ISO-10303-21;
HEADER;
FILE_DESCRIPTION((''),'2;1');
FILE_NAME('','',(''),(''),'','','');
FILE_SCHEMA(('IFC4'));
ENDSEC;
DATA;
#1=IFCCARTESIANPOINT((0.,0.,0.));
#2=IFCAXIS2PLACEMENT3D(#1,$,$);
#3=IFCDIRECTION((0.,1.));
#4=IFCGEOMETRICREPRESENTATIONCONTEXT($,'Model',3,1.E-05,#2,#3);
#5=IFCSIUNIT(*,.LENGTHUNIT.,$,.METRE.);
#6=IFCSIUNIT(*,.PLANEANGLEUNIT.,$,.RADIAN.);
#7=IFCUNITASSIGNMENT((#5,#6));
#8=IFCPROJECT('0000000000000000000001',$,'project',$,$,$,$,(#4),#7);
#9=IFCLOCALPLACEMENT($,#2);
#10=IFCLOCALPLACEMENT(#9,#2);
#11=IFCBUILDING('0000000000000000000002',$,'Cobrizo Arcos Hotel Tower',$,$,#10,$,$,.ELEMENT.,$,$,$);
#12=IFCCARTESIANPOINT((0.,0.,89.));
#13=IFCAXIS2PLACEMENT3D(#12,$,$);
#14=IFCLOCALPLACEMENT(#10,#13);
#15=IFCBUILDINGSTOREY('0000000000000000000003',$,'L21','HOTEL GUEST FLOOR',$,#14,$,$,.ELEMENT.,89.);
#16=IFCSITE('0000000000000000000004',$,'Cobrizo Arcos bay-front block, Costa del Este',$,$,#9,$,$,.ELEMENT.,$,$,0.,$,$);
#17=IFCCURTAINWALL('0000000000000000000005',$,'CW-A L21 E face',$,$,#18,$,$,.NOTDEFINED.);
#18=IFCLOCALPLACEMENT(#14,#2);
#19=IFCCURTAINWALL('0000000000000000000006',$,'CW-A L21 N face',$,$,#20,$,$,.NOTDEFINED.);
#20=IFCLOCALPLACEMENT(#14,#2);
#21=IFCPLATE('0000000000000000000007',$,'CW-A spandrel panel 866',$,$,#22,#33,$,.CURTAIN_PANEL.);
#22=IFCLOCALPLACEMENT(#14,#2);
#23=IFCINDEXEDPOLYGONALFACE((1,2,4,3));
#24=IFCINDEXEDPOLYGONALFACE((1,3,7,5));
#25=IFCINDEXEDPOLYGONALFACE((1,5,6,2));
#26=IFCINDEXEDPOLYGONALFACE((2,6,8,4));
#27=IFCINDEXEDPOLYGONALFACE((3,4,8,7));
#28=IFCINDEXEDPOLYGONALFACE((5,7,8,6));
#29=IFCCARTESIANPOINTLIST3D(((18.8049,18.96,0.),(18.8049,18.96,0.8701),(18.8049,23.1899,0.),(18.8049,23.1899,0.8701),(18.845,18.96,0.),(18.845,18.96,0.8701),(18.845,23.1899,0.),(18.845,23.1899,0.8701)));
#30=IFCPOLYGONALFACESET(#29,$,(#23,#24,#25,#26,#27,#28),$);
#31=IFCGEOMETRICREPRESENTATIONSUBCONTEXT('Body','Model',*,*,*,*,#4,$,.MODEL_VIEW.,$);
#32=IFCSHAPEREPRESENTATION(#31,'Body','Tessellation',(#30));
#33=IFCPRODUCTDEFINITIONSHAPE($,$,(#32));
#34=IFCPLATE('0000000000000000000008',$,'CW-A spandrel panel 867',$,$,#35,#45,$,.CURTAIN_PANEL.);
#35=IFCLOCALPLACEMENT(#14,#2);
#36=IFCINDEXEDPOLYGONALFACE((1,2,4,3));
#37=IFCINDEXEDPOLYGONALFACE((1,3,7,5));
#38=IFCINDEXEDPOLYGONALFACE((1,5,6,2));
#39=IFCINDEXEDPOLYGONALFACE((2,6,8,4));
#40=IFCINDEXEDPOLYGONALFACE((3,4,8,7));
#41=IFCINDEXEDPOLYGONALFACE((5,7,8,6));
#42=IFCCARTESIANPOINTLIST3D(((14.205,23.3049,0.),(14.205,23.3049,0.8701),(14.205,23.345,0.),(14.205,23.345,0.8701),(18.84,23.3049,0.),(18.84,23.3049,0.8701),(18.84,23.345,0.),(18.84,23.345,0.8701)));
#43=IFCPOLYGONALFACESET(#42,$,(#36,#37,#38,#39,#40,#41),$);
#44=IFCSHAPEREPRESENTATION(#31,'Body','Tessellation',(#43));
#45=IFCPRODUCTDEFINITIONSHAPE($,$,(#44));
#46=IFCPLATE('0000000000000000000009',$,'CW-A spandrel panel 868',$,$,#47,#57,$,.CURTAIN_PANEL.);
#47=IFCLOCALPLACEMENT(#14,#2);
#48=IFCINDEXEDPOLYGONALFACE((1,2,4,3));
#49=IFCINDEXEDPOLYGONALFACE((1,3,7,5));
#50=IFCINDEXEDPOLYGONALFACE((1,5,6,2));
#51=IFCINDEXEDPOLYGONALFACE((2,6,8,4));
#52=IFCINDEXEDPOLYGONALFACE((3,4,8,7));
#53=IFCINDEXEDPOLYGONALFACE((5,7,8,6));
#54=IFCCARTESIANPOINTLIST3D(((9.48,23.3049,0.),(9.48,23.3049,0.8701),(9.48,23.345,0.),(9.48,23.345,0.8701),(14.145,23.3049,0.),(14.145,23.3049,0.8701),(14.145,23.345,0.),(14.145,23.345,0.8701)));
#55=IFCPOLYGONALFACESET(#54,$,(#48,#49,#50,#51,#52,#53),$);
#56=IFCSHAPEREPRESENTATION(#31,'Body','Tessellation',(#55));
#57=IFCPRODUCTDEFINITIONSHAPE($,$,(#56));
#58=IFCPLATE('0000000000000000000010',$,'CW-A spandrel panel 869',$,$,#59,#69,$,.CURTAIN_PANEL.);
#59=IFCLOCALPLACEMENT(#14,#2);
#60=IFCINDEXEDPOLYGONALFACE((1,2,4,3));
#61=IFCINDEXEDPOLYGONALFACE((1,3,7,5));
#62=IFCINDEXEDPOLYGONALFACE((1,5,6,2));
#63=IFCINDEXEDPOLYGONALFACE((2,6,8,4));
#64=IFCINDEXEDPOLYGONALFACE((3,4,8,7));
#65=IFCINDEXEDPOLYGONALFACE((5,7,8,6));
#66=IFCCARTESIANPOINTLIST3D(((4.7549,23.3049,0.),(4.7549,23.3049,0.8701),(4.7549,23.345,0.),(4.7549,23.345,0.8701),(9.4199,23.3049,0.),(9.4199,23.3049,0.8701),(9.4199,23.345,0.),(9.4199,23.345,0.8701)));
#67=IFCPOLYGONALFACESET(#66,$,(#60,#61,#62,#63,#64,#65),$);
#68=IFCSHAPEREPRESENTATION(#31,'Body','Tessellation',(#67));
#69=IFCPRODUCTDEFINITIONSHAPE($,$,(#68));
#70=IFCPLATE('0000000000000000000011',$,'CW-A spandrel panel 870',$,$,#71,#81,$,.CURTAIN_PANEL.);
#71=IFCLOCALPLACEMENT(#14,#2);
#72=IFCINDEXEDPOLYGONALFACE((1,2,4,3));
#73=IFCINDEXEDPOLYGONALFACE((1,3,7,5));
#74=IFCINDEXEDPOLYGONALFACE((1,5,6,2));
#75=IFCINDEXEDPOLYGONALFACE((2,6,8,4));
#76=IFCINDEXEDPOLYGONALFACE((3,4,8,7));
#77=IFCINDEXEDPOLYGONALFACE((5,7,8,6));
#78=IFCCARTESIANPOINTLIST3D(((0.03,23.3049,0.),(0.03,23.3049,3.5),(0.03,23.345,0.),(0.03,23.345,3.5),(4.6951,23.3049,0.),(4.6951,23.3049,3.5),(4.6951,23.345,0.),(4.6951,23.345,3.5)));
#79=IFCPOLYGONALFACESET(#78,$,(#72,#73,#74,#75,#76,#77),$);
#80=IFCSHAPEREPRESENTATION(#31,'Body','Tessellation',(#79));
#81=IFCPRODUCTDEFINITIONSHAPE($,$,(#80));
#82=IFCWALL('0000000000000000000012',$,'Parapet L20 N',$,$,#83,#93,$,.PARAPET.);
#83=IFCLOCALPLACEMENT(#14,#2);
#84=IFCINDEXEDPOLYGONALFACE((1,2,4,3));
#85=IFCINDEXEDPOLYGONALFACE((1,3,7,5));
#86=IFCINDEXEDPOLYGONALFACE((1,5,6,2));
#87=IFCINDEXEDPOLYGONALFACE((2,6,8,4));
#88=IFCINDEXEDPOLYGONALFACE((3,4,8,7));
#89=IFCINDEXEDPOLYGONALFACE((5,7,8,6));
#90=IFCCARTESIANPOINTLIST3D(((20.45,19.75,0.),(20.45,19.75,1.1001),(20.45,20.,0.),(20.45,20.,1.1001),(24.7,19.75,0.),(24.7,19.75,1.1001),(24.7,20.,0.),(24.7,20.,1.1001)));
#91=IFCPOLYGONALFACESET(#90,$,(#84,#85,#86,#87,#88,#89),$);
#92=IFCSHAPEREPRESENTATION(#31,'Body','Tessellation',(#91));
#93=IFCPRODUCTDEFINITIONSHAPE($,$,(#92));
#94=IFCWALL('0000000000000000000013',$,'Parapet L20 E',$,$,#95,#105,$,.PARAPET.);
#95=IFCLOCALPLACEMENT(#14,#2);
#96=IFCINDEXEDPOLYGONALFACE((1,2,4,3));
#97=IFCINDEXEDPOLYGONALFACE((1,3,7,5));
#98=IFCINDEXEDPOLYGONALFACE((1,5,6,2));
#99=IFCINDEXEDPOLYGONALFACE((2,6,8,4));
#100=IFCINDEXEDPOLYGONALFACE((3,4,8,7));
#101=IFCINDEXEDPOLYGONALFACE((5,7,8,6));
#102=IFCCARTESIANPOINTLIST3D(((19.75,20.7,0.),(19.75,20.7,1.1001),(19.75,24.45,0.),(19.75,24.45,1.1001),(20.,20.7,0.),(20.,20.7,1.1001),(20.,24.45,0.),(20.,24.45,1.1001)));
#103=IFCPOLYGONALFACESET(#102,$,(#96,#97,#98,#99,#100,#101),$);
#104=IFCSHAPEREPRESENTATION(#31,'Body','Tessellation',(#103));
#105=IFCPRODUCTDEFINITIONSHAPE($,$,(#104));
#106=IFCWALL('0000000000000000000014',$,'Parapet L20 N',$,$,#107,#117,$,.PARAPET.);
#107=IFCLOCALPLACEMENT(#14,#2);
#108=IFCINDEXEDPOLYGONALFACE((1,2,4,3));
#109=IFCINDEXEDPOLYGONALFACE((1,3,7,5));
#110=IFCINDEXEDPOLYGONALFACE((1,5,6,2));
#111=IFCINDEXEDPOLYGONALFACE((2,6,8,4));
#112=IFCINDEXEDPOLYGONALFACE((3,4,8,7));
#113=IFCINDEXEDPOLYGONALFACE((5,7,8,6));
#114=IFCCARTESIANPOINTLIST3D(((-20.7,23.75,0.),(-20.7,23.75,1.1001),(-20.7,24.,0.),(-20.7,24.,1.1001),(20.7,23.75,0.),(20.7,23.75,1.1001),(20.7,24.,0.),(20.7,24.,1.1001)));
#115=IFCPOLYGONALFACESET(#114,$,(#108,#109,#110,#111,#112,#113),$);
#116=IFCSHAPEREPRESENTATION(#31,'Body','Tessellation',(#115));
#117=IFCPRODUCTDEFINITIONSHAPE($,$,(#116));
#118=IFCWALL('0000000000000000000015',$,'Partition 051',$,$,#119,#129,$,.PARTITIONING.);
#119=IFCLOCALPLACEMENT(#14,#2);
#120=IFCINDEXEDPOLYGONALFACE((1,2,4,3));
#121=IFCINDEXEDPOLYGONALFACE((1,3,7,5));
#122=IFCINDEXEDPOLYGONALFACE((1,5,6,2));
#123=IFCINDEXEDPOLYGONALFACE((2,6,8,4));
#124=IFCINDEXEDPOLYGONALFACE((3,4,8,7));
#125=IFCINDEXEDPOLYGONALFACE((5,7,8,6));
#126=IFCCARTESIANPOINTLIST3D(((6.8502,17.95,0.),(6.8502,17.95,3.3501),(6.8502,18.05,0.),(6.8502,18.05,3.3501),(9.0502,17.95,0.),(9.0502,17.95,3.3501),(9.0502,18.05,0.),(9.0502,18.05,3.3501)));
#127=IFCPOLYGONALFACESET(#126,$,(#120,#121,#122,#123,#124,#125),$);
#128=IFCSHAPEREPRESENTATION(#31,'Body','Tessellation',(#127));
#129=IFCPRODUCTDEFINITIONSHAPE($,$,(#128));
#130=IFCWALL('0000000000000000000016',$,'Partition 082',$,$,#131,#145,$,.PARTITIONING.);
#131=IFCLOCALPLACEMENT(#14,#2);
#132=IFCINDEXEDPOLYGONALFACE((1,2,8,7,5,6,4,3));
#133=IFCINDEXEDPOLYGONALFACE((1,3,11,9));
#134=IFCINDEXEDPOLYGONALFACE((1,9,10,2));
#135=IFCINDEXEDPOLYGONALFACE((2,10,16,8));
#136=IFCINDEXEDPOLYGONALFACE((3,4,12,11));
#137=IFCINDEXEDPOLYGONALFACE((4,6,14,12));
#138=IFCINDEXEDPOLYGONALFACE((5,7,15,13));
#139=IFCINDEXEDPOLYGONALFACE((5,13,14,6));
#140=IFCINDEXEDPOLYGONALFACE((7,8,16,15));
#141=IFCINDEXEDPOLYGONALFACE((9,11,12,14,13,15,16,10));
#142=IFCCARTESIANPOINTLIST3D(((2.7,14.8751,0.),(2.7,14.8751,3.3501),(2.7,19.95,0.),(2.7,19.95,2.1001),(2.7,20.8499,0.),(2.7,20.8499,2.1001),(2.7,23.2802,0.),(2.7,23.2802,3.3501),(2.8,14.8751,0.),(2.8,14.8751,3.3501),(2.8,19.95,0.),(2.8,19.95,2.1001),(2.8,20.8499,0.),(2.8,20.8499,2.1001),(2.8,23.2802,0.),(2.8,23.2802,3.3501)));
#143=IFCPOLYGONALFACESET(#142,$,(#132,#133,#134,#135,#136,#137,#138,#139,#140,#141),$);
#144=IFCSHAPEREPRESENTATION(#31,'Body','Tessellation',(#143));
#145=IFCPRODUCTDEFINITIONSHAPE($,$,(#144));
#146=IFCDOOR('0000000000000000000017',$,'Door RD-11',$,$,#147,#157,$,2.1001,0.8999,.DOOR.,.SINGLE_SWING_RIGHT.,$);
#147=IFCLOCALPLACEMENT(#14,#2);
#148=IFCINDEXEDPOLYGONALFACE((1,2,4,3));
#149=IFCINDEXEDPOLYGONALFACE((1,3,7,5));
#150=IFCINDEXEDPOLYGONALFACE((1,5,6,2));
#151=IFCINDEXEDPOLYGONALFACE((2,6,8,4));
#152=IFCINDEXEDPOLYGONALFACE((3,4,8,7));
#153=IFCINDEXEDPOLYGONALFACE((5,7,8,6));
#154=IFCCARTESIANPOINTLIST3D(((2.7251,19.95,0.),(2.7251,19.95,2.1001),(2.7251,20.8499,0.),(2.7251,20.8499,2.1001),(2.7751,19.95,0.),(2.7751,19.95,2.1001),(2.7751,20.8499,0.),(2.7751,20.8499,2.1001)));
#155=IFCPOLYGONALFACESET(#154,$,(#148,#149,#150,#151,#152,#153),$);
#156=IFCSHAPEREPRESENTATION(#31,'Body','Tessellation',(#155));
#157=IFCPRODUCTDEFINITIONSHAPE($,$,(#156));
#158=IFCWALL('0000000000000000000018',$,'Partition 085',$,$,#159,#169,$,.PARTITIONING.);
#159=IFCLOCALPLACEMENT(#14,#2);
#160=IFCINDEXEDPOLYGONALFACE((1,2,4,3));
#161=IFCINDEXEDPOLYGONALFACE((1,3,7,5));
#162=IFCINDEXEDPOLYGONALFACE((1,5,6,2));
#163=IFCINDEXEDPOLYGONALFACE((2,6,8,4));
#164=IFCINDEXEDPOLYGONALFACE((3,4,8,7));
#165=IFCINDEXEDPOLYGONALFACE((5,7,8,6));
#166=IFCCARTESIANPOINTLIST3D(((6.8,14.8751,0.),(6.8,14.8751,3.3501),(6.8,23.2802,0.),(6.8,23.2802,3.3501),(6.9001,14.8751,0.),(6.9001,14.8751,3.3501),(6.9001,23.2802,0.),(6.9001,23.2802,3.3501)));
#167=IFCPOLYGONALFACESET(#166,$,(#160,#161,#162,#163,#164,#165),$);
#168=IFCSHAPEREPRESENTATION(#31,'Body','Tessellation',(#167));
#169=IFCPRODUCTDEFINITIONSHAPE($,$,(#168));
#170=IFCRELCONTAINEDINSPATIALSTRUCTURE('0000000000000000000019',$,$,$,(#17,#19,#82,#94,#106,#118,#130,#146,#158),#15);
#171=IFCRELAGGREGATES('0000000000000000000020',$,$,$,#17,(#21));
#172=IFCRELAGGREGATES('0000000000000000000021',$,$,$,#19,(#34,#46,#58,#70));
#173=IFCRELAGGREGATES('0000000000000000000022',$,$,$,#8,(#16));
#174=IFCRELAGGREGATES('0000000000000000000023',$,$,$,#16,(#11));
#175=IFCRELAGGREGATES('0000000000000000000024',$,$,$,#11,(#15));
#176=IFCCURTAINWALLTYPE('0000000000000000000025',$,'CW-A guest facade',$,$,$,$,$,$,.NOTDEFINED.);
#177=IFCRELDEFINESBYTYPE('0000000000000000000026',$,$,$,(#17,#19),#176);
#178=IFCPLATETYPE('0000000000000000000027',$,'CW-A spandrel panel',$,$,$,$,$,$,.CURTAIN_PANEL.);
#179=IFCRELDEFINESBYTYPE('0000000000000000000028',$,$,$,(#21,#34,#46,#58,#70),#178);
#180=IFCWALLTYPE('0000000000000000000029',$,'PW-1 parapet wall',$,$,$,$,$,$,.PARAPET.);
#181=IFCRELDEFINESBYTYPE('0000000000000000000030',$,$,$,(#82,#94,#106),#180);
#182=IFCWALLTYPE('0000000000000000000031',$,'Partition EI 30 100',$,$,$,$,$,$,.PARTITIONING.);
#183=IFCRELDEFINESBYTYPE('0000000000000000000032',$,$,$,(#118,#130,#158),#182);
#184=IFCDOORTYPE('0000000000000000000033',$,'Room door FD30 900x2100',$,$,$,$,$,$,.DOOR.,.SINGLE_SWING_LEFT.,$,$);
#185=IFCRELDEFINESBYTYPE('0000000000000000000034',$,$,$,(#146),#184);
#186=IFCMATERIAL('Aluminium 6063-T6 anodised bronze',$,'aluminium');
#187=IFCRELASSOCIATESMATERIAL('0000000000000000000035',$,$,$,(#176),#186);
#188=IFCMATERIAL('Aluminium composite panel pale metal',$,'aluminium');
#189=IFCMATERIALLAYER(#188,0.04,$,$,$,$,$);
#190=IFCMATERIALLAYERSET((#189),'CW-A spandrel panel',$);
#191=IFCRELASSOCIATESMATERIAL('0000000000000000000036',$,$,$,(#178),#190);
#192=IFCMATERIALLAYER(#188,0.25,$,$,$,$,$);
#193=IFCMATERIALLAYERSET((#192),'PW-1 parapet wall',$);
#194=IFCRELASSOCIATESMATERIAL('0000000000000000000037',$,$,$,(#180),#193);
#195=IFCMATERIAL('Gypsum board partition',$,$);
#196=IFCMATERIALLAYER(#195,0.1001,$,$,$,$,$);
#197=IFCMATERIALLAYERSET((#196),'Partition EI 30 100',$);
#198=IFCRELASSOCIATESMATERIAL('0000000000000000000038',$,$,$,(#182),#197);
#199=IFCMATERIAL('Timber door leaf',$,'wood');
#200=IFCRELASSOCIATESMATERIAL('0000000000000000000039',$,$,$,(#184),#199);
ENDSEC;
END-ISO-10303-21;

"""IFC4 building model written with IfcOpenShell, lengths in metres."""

from ifc_helpers import new_model, si_unit, direction, frame, frame_2d, origin, origin_2d, place, context, subcontext, project, spatial, rectangle, extrude, material, layer, layer_set, type_object, element, fill, aggregate, save


model = new_model("IFC4")

# Units and contexts
model_context = context("Model", 3, precision=1e-05, world=origin(), true_north=direction((0.0, 1.0)))
body_context = subcontext(model_context, "Body", "Model", "MODEL_VIEW")
ifc_project = project(units=[si_unit("LENGTHUNIT", "METRE"), si_unit("PLANEANGLEUNIT", "RADIAN")], contexts=[model_context])

# Site, building, storey
site_placement = place(None, origin())
site = spatial("IfcSite", under=ifc_project, at=site_placement, Name="Cobrizo Arcos bay-front block, Costa del Este", CompositionType="ELEMENT", RefElevation=0.0)
building_placement = place(site_placement, origin())
building = spatial("IfcBuilding", under=site, at=building_placement, Name="Cobrizo Arcos Hotel Tower", CompositionType="ELEMENT")
storey_placement = place(building_placement, frame((0.0, 0.0, 89.0)))
storey = spatial("IfcBuildingStorey", under=building, at=storey_placement, Name="L21", Description="HOTEL GUEST FLOOR", CompositionType="ELEMENT", Elevation=89.0)

# Shared definitions
ifc_material_1 = material(Name="Aluminium 6063-T6 anodised bronze", Category="aluminium")
curtain_wall_type = type_object("IfcCurtainWallType", Name="CW-A guest facade", PredefinedType="NOTDEFINED", material=ifc_material_1)

# Curtain walls
curtain_wall_1_placement = place(storey_placement, origin())
curtain_wall_1 = element("IfcCurtainWall", 1, at=curtain_wall_1_placement, inside=storey, type_object=curtain_wall_type, Name="CW-A L21 E face", PredefinedType="NOTDEFINED")
curtain_wall_2_placement = place(storey_placement, origin())
curtain_wall_2 = element("IfcCurtainWall", 2, at=curtain_wall_2_placement, inside=storey, type_object=curtain_wall_type, Name="CW-A L21 N face", PredefinedType="NOTDEFINED")

# Plates
ifc_material_2 = material(Name="Aluminium composite panel pale metal", Category="aluminium")
ifc_layer_1 = layer(ifc_material_2, 0.04)
ifc_layer_set_1 = layer_set([ifc_layer_1], Name="CW-A spandrel panel")
plate_type = type_object("IfcPlateType", Name="CW-A spandrel panel", PredefinedType="CURTAIN_PANEL", material=ifc_layer_set_1)
plate_1_placement = place(storey_placement, frame((18.825, 21.075, 0.0), z_axis=(0.0, 0.0, 1.0), x_axis=(0.0, 1.0, 0.0)))
plate_1 = element("IfcPlate", 3, at=plate_1_placement, type_object=plate_type, Name="CW-A spandrel panel 866", PredefinedType="CURTAIN_PANEL", context=body_context, shape_type="SweptSolid", body=[
    extrude(rectangle(XDim=4.23, YDim=0.04, at=origin_2d()), origin(), (0.0, 0.0, 1.0), 0.8701),
])
aggregate(curtain_wall_1, [plate_1])
plate_2_placement = place(storey_placement, frame((16.5225, 23.325, 0.0), z_axis=(0.0, 0.0, 1.0), x_axis=(-1.0, 0.0, 0.0)))
plate_2 = element("IfcPlate", 4, at=plate_2_placement, type_object=plate_type, Name="CW-A spandrel panel 867", PredefinedType="CURTAIN_PANEL", context=body_context, shape_type="SweptSolid", body=[
    extrude(rectangle(XDim=4.635, YDim=0.04, at=origin_2d()), origin(), (0.0, 0.0, 1.0), 0.8701),
])
plate_3_placement = place(storey_placement, frame((11.8125, 23.325, 0.0), z_axis=(0.0, 0.0, 1.0), x_axis=(-1.0, 0.0, 0.0)))
plate_3 = element("IfcPlate", 5, at=plate_3_placement, type_object=plate_type, Name="CW-A spandrel panel 868", PredefinedType="CURTAIN_PANEL", context=body_context, shape_type="SweptSolid", body=[
    extrude(rectangle(XDim=4.665, YDim=0.04, at=origin_2d()), origin(), (0.0, 0.0, 1.0), 0.8701),
])
plate_4_placement = place(storey_placement, frame((7.0874, 23.325, 0.0), z_axis=(0.0, 0.0, 1.0), x_axis=(-1.0, 0.0, 0.0)))
plate_4 = element("IfcPlate", 6, at=plate_4_placement, type_object=plate_type, Name="CW-A spandrel panel 869", PredefinedType="CURTAIN_PANEL", context=body_context, shape_type="SweptSolid", body=[
    extrude(rectangle(XDim=4.665, YDim=0.04, at=origin_2d()), origin(), (0.0, 0.0, 1.0), 0.8701),
])
plate_5_placement = place(storey_placement, frame((2.3625, 23.325, 0.0), z_axis=(0.0, 0.0, 1.0), x_axis=(-1.0, 0.0, 0.0)))
plate_5 = element("IfcPlate", 7, at=plate_5_placement, type_object=plate_type, Name="CW-A spandrel panel 870", PredefinedType="CURTAIN_PANEL", context=body_context, shape_type="SweptSolid", body=[
    extrude(rectangle(XDim=4.665, YDim=0.04, at=origin_2d()), origin(), (0.0, 0.0, 1.0), 3.5),
])
aggregate(curtain_wall_2, [plate_2, plate_3, plate_4, plate_5])

# Walls
ifc_layer_2 = layer(ifc_material_2, 0.25)
ifc_layer_set_2 = layer_set([ifc_layer_2], Name="PW-1 parapet wall")
wall_type_1 = type_object("IfcWallType", Name="PW-1 parapet wall", PredefinedType="PARAPET", material=ifc_layer_set_2)
wall_1_placement = place(storey_placement, frame((24.7, 19.875, 0.0), z_axis=(0.0, 0.0, 1.0), x_axis=(-1.0, 0.0, 0.0)))
element("IfcWall", 8, at=wall_1_placement, inside=storey, type_object=wall_type_1, Name="Parapet L20 N", PredefinedType="PARAPET", context=body_context, shape_type="SweptSolid", body=[
    extrude(rectangle(XDim=4.25, YDim=0.25, at=frame_2d((2.125, 0.0))), origin(), (0.0, 0.0, 1.0), 1.1001),
])
wall_2_placement = place(storey_placement, frame((19.875, 20.7, 0.0), z_axis=(0.0, 0.0, 1.0), x_axis=(0.0, 1.0, 0.0)))
element("IfcWall", 9, at=wall_2_placement, inside=storey, type_object=wall_type_1, Name="Parapet L20 E", PredefinedType="PARAPET", context=body_context, shape_type="SweptSolid", body=[
    extrude(rectangle(XDim=3.75, YDim=0.25, at=frame_2d((1.875, 0.0))), origin(), (0.0, 0.0, 1.0), 1.1001),
])
wall_3_placement = place(storey_placement, frame((20.7, 23.875, 0.0), z_axis=(0.0, 0.0, 1.0), x_axis=(-1.0, 0.0, 0.0)))
element("IfcWall", 10, at=wall_3_placement, inside=storey, type_object=wall_type_1, Name="Parapet L20 N", PredefinedType="PARAPET", context=body_context, shape_type="SweptSolid", body=[
    extrude(rectangle(XDim=41.3999, YDim=0.25, at=frame_2d((20.7, 0.0))), origin(), (0.0, 0.0, 1.0), 1.1001),
])
ifc_material_3 = material(Name="Gypsum board partition")
ifc_layer_3 = layer(ifc_material_3, 0.1001)
ifc_layer_set_3 = layer_set([ifc_layer_3], Name="Partition EI 30 100")
wall_type_2 = type_object("IfcWallType", Name="Partition EI 30 100", PredefinedType="PARTITIONING", material=ifc_layer_set_3)
wall_4_placement = place(storey_placement, frame((6.8501, 18.0, 0.0), z_axis=(0.0, 0.0, 1.0), x_axis=(1.0, 0.0, 0.0)))
element("IfcWall", 11, at=wall_4_placement, inside=storey, type_object=wall_type_2, Name="Partition 051", PredefinedType="PARTITIONING", context=body_context, shape_type="SweptSolid", body=[
    extrude(rectangle(XDim=2.2, YDim=0.1001, at=frame_2d((1.1001, 0.0))), origin(), (0.0, 0.0, 1.0), 3.3501),
])

# Wall, opening, door
wall_5_placement = place(storey_placement, frame((2.75, 14.875, 0.0), z_axis=(0.0, 0.0, 1.0), x_axis=(0.0, 1.0, 0.0)))
wall_5 = element("IfcWall", 12, at=wall_5_placement, inside=storey, type_object=wall_type_2, Name="Partition 082", PredefinedType="PARTITIONING", context=body_context, shape_type="SweptSolid", body=[
    extrude(rectangle(XDim=8.405, YDim=0.1001, at=frame_2d((4.2026, 0.0))), origin(), (0.0, 0.0, 1.0), 3.3501),
])
opening_1_placement = place(wall_5_placement, frame((5.075, 0.0, 0.0)))
opening_1 = element("IfcOpeningElement", 13, at=opening_1_placement, cuts=wall_5, PredefinedType="OPENING", context=body_context, shape_type="SweptSolid", body=[
    extrude(rectangle(XDim=0.8999, YDim=2.1001, at=frame_2d((0.45, 1.05))), frame((0.0, 0.062, 0.0), z_axis=(0.0, -1.0, 0.0), x_axis=(1.0, 0.0, 0.0)), (0.0, 0.0, 1.0), 0.124),
])
ifc_material_4 = material(Name="Timber door leaf", Category="wood")
door_type_1 = type_object("IfcDoorType", Name="Room door FD30 900x2100", OperationType="SINGLE_SWING_LEFT", PredefinedType="DOOR", material=ifc_material_4)
door_1_placement = place(opening_1_placement, origin())
door_1 = element("IfcDoor", 14, at=door_1_placement, inside=storey, type_object=door_type_1, Name="Door RD-11", OperationType="SINGLE_SWING_RIGHT", OverallHeight=2.1001, OverallWidth=0.8999, PredefinedType="DOOR", context=body_context, shape_type="SweptSolid", body=[
    extrude(rectangle(XDim=0.8999, YDim=2.1001, at=frame_2d((0.45, 1.05))), frame((0.0, 0.0249, 0.0), z_axis=(0.0, -1.0, 0.0), x_axis=(1.0, 0.0, 0.0)), (0.0, 0.0, 1.0), 0.05),
])
fill(opening_1, door_1)

# Wall
wall_6_placement = place(storey_placement, frame((6.8501, 14.875, 0.0), z_axis=(0.0, 0.0, 1.0), x_axis=(0.0, 1.0, 0.0)))
element("IfcWall", 15, at=wall_6_placement, inside=storey, type_object=wall_type_2, Name="Partition 085", PredefinedType="PARTITIONING", context=body_context, shape_type="SweptSolid", body=[
    extrude(rectangle(XDim=8.405, YDim=0.1001, at=frame_2d((4.2026, 0.0))), origin(), (0.0, 0.0, 1.0), 3.3501),
])

save(model, "model.ifc")
